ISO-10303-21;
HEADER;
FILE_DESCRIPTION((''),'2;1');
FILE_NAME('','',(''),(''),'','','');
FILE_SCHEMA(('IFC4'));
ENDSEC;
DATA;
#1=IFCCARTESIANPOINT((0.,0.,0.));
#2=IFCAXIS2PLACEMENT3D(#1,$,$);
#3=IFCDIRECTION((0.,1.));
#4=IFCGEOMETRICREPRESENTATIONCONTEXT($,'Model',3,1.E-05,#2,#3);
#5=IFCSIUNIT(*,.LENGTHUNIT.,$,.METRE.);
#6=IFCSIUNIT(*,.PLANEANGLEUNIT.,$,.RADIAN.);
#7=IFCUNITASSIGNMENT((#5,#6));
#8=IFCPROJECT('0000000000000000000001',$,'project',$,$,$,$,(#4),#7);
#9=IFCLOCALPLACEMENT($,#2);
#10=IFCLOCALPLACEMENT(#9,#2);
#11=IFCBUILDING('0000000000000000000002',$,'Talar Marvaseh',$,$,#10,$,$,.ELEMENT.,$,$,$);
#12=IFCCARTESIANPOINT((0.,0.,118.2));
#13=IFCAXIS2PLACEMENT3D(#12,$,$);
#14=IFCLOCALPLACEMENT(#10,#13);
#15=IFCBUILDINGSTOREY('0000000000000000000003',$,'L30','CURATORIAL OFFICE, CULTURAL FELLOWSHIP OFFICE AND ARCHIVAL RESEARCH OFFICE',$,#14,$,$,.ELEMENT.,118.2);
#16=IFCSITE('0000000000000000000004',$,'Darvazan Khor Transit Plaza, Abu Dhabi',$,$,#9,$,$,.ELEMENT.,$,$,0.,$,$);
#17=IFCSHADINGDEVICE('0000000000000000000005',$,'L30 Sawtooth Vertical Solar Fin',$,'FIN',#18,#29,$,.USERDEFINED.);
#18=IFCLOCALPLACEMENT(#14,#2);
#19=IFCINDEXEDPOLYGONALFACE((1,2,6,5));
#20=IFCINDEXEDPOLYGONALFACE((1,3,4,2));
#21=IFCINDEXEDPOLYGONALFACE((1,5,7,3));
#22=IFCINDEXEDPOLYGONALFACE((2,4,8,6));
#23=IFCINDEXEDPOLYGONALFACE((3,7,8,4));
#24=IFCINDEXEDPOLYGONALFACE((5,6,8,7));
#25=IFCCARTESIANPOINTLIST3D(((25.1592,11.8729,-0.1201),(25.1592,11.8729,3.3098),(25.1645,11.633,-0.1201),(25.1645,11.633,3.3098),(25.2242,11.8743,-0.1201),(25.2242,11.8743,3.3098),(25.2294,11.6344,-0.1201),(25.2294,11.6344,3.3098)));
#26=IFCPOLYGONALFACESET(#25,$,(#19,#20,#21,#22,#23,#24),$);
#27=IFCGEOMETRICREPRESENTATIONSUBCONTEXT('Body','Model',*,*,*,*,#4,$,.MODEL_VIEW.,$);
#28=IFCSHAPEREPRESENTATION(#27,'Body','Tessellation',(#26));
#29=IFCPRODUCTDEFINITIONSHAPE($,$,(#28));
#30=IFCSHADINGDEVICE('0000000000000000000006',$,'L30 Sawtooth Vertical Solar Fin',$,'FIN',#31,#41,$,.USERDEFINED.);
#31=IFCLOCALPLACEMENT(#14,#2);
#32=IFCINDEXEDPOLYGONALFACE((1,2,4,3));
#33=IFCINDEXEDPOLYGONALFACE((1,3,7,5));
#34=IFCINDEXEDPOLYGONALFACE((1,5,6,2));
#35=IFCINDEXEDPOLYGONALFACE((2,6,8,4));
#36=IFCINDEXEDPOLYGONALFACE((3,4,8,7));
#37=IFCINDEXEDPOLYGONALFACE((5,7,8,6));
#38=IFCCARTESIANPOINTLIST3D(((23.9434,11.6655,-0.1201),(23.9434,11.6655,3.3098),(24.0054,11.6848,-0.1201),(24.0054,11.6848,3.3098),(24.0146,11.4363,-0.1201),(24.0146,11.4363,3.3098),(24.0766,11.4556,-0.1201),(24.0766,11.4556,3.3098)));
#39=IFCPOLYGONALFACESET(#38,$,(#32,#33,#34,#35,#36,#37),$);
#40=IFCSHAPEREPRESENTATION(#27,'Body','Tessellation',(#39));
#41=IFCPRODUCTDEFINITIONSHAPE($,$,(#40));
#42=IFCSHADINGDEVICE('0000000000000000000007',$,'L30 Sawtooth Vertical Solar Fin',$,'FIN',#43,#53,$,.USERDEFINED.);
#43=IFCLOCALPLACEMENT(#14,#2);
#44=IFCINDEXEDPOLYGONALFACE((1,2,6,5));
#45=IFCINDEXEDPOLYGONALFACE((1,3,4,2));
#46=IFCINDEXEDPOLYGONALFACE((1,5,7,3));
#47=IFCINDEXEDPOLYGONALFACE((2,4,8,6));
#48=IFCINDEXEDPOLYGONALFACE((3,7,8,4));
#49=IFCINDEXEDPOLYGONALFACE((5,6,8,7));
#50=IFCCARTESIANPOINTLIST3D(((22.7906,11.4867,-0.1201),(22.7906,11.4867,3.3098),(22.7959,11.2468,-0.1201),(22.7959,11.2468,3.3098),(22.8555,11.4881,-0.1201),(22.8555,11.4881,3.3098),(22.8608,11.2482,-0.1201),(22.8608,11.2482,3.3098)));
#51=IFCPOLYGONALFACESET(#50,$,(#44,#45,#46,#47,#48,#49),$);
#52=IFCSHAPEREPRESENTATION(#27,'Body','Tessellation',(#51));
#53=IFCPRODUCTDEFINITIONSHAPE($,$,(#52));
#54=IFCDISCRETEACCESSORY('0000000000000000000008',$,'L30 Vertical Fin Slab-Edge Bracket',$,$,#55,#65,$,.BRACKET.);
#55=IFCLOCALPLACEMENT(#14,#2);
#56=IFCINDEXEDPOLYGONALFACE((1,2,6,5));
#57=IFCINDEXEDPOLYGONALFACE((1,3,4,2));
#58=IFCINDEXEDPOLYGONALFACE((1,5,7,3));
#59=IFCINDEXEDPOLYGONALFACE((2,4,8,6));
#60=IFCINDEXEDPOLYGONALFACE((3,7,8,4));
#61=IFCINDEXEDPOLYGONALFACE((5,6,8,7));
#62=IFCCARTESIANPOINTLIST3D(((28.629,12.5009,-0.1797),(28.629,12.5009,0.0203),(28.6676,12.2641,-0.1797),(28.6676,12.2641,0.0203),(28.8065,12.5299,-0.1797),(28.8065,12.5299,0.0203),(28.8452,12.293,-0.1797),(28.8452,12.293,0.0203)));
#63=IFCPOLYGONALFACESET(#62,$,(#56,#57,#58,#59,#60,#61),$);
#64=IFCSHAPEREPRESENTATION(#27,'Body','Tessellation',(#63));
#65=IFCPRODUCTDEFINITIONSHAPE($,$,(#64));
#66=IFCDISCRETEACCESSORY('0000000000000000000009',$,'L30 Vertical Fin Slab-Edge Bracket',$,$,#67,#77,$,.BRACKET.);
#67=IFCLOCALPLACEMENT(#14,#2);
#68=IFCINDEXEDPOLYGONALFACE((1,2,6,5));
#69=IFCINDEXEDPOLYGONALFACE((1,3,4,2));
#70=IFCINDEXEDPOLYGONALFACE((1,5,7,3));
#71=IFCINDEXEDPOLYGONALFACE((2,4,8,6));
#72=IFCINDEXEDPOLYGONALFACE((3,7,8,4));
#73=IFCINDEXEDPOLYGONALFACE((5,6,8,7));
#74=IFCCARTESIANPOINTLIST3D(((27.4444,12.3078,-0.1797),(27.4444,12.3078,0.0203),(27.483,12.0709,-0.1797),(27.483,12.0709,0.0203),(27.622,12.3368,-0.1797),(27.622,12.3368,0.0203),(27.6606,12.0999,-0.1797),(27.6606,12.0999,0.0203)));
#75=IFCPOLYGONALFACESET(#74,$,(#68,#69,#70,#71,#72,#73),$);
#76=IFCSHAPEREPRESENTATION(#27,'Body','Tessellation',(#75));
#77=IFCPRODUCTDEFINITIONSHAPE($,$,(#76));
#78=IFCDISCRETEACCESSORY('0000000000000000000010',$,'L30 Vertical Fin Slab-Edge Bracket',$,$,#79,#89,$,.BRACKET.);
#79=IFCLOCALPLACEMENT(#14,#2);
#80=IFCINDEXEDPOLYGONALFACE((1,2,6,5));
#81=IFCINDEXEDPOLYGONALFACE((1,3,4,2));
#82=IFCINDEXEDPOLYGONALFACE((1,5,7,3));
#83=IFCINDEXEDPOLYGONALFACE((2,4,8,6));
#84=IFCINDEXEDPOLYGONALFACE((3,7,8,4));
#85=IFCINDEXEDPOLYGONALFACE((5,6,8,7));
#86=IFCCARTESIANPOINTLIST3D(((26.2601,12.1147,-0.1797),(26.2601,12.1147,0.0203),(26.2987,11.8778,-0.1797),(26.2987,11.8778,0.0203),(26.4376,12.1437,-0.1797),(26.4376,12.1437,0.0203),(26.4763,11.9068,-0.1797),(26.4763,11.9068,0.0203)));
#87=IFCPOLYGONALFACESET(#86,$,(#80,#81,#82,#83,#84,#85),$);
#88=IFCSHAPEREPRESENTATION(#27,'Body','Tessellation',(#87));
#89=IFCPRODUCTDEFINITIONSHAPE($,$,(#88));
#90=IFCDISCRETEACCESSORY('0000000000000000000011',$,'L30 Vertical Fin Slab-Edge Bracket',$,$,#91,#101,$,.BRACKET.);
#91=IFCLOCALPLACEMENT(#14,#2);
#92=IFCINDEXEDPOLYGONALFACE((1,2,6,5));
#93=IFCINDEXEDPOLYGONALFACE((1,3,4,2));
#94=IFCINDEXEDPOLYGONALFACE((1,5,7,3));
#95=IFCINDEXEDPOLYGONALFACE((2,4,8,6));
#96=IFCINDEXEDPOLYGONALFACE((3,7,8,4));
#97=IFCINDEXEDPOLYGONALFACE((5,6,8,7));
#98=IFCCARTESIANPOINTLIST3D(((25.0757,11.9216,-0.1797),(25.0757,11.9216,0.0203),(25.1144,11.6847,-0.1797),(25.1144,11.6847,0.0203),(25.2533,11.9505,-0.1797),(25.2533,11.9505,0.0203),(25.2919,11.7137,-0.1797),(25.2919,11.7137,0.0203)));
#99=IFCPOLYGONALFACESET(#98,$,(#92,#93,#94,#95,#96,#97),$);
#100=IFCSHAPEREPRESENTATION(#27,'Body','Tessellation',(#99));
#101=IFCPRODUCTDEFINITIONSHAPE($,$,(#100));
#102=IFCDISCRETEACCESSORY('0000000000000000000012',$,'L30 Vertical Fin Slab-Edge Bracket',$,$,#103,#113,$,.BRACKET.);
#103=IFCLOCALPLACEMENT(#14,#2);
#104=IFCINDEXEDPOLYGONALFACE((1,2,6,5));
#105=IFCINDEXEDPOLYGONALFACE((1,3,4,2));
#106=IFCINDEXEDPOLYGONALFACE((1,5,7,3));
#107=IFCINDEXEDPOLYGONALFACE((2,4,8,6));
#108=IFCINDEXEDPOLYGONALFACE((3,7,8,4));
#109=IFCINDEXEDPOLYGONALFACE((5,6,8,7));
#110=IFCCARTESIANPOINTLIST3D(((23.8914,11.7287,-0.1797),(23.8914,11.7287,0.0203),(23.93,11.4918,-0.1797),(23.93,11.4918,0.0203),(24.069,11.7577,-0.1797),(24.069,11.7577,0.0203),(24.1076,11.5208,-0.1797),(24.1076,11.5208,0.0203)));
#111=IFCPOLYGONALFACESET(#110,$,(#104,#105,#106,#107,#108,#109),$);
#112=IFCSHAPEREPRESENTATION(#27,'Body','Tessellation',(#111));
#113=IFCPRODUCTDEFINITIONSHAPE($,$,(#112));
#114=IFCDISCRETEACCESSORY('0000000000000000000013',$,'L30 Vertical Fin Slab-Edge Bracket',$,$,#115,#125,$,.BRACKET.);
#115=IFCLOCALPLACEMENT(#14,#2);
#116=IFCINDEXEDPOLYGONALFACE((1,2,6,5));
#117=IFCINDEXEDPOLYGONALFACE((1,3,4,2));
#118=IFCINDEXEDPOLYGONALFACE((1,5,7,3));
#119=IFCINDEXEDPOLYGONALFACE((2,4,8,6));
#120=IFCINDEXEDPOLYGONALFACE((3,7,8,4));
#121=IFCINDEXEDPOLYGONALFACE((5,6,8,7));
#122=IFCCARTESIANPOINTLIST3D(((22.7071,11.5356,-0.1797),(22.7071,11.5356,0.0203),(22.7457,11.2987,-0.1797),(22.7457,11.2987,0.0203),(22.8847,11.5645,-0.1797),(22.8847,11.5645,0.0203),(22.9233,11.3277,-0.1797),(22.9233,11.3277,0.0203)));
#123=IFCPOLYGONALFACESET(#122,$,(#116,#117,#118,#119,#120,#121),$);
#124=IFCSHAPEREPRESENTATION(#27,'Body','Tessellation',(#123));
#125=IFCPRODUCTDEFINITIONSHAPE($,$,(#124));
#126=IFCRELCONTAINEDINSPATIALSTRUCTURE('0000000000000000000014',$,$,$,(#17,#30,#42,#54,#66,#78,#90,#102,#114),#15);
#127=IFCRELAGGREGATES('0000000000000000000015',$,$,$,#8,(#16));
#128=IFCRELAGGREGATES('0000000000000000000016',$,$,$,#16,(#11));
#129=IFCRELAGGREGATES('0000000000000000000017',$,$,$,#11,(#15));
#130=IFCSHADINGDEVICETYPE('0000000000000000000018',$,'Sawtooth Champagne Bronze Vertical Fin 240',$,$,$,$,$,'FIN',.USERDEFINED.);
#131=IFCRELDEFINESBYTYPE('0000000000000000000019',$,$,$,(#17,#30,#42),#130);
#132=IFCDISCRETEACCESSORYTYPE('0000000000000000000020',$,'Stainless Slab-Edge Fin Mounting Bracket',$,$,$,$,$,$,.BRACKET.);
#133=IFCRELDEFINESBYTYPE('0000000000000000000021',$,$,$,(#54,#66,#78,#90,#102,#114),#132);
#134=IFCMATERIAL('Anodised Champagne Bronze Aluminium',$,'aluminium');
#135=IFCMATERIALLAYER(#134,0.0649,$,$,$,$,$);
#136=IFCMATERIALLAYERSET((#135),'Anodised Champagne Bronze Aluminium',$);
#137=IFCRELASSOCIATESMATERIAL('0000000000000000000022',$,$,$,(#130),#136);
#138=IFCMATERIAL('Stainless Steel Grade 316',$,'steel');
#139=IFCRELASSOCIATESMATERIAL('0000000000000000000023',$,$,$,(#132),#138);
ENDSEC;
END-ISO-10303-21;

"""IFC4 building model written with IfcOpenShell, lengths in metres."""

from ifc_helpers import new_model, si_unit, direction, frame, origin, origin_2d, place, context, subcontext, project, spatial, rectangle, extrude, source, transform, mapped, material, layer, layer_set, type_object, type_shapes, element, save


model = new_model("IFC4")

# Units and contexts
model_context = context("Model", 3, precision=1e-05, world=origin(), true_north=direction((0.0, 1.0)))
body_context = subcontext(model_context, "Body", "Model", "MODEL_VIEW")
ifc_project = project(units=[si_unit("LENGTHUNIT", "METRE"), si_unit("PLANEANGLEUNIT", "RADIAN")], contexts=[model_context])

# Site, building, storey
site_placement = place(None, origin())
site = spatial("IfcSite", under=ifc_project, at=site_placement, Name="Darvazan Khor Transit Plaza, Abu Dhabi", CompositionType="ELEMENT", RefElevation=0.0)
building_placement = place(site_placement, origin())
building = spatial("IfcBuilding", under=site, at=building_placement, Name="Talar Marvaseh", CompositionType="ELEMENT")
storey_placement = place(building_placement, frame((0.0, 0.0, 118.2)))
storey = spatial("IfcBuildingStorey", under=building, at=storey_placement, Name="L30", Description="CURATORIAL OFFICE, CULTURAL FELLOWSHIP OFFICE AND ARCHIVAL RESEARCH OFFICE", CompositionType="ELEMENT", Elevation=118.2)

# Shading devices
ifc_material_1 = material(Name="Anodised Champagne Bronze Aluminium", Category="aluminium")
ifc_layer_1 = layer(ifc_material_1, 0.0649)
ifc_layer_set_1 = layer_set([ifc_layer_1], Name="Anodised Champagne Bronze Aluminium")
shading_device_type = type_object("IfcShadingDeviceType", Name="Sawtooth Champagne Bronze Vertical Fin 240", ElementType="FIN", PredefinedType="USERDEFINED", material=ifc_layer_set_1)
shared_shape_1 = source(origin(), body_context, "Body", "SweptSolid", [
    extrude(rectangle(XDim=0.24, YDim=0.0649, at=origin_2d()), origin(), (0.0, 0.0, 1.0), 3.4299),
])
type_shapes(shading_device_type, [shared_shape_1])
for number, where, z_axis, x_axis, name in (
    (1, (25.1943, 11.7537, -0.1201), (0.0, 0.0, 1.0), (0.021989, -0.999758, 0.0), "L30 Sawtooth Vertical Solar Fin"),
    (2, (24.01, 11.5605, -0.1201), (0.0, 0.0, 1.0), (0.296708, -0.954968, 0.0), "L30 Sawtooth Vertical Solar Fin"),
    (3, (22.8257, 11.3674, -0.1201), (0.0, 0.0, 1.0), (0.021989, -0.999758, 0.0), "L30 Sawtooth Vertical Solar Fin"),
):
    element("IfcShadingDevice", number, at=place(storey_placement, frame(where, z_axis=z_axis, x_axis=x_axis)), inside=storey, type_object=shading_device_type, Name=name, ObjectType="FIN", PredefinedType="USERDEFINED", context=body_context, shape_type="MappedRepresentation", body=[
        mapped(shared_shape_1, transform((0.0, 0.0, 0.0), x_axis=(1.0, 0.0, 0.0), y_axis=(0.0, 1.0, 0.0), z_axis=(0.0, 0.0, 1.0), scale=1.0)),
    ])

# Discrete accessories
ifc_material_2 = material(Name="Stainless Steel Grade 316", Category="steel")
discrete_accessory_type = type_object("IfcDiscreteAccessoryType", Name="Stainless Slab-Edge Fin Mounting Bracket", PredefinedType="BRACKET", material=ifc_material_2)
shared_shape_2 = source(origin(), body_context, "Body", "SweptSolid", [
    extrude(rectangle(XDim=0.24, YDim=0.1799, at=origin_2d()), origin(), (0.0, 0.0, 1.0), 0.2),
])
type_shapes(discrete_accessory_type, [shared_shape_2])
for number, where, z_axis, x_axis, name in (
    (4, (28.7371, 12.397, -0.1797), (0.0, 0.0, 1.0), (0.160915, -0.986968, 0.0), "L30 Vertical Fin Slab-Edge Bracket"),
    (5, (27.5525, 12.2039, -0.1797), (0.0, 0.0, 1.0), (0.160915, -0.986968, 0.0), "L30 Vertical Fin Slab-Edge Bracket"),
    (6, (26.3682, 12.0107, -0.1797), (0.0, 0.0, 1.0), (0.160915, -0.986968, 0.0), "L30 Vertical Fin Slab-Edge Bracket"),
    (7, (25.1838, 11.8176, -0.1797), (0.0, 0.0, 1.0), (0.160915, -0.986968, 0.0), "L30 Vertical Fin Slab-Edge Bracket"),
    (8, (23.9995, 11.6248, -0.1797), (0.0, 0.0, 1.0), (0.160915, -0.986968, 0.0), "L30 Vertical Fin Slab-Edge Bracket"),
    (9, (22.8152, 11.4316, -0.1797), (0.0, 0.0, 1.0), (0.160915, -0.986968, 0.0), "L30 Vertical Fin Slab-Edge Bracket"),
):
    element("IfcDiscreteAccessory", number, at=place(storey_placement, frame(where, z_axis=z_axis, x_axis=x_axis)), inside=storey, type_object=discrete_accessory_type, Name=name, PredefinedType="BRACKET", context=body_context, shape_type="MappedRepresentation", body=[
        mapped(shared_shape_2, transform((0.0, 0.0, 0.0), x_axis=(1.0, 0.0, 0.0), y_axis=(0.0, 1.0, 0.0), z_axis=(0.0, 0.0, 1.0), scale=1.0)),
    ])

save(model, "model.ifc")
